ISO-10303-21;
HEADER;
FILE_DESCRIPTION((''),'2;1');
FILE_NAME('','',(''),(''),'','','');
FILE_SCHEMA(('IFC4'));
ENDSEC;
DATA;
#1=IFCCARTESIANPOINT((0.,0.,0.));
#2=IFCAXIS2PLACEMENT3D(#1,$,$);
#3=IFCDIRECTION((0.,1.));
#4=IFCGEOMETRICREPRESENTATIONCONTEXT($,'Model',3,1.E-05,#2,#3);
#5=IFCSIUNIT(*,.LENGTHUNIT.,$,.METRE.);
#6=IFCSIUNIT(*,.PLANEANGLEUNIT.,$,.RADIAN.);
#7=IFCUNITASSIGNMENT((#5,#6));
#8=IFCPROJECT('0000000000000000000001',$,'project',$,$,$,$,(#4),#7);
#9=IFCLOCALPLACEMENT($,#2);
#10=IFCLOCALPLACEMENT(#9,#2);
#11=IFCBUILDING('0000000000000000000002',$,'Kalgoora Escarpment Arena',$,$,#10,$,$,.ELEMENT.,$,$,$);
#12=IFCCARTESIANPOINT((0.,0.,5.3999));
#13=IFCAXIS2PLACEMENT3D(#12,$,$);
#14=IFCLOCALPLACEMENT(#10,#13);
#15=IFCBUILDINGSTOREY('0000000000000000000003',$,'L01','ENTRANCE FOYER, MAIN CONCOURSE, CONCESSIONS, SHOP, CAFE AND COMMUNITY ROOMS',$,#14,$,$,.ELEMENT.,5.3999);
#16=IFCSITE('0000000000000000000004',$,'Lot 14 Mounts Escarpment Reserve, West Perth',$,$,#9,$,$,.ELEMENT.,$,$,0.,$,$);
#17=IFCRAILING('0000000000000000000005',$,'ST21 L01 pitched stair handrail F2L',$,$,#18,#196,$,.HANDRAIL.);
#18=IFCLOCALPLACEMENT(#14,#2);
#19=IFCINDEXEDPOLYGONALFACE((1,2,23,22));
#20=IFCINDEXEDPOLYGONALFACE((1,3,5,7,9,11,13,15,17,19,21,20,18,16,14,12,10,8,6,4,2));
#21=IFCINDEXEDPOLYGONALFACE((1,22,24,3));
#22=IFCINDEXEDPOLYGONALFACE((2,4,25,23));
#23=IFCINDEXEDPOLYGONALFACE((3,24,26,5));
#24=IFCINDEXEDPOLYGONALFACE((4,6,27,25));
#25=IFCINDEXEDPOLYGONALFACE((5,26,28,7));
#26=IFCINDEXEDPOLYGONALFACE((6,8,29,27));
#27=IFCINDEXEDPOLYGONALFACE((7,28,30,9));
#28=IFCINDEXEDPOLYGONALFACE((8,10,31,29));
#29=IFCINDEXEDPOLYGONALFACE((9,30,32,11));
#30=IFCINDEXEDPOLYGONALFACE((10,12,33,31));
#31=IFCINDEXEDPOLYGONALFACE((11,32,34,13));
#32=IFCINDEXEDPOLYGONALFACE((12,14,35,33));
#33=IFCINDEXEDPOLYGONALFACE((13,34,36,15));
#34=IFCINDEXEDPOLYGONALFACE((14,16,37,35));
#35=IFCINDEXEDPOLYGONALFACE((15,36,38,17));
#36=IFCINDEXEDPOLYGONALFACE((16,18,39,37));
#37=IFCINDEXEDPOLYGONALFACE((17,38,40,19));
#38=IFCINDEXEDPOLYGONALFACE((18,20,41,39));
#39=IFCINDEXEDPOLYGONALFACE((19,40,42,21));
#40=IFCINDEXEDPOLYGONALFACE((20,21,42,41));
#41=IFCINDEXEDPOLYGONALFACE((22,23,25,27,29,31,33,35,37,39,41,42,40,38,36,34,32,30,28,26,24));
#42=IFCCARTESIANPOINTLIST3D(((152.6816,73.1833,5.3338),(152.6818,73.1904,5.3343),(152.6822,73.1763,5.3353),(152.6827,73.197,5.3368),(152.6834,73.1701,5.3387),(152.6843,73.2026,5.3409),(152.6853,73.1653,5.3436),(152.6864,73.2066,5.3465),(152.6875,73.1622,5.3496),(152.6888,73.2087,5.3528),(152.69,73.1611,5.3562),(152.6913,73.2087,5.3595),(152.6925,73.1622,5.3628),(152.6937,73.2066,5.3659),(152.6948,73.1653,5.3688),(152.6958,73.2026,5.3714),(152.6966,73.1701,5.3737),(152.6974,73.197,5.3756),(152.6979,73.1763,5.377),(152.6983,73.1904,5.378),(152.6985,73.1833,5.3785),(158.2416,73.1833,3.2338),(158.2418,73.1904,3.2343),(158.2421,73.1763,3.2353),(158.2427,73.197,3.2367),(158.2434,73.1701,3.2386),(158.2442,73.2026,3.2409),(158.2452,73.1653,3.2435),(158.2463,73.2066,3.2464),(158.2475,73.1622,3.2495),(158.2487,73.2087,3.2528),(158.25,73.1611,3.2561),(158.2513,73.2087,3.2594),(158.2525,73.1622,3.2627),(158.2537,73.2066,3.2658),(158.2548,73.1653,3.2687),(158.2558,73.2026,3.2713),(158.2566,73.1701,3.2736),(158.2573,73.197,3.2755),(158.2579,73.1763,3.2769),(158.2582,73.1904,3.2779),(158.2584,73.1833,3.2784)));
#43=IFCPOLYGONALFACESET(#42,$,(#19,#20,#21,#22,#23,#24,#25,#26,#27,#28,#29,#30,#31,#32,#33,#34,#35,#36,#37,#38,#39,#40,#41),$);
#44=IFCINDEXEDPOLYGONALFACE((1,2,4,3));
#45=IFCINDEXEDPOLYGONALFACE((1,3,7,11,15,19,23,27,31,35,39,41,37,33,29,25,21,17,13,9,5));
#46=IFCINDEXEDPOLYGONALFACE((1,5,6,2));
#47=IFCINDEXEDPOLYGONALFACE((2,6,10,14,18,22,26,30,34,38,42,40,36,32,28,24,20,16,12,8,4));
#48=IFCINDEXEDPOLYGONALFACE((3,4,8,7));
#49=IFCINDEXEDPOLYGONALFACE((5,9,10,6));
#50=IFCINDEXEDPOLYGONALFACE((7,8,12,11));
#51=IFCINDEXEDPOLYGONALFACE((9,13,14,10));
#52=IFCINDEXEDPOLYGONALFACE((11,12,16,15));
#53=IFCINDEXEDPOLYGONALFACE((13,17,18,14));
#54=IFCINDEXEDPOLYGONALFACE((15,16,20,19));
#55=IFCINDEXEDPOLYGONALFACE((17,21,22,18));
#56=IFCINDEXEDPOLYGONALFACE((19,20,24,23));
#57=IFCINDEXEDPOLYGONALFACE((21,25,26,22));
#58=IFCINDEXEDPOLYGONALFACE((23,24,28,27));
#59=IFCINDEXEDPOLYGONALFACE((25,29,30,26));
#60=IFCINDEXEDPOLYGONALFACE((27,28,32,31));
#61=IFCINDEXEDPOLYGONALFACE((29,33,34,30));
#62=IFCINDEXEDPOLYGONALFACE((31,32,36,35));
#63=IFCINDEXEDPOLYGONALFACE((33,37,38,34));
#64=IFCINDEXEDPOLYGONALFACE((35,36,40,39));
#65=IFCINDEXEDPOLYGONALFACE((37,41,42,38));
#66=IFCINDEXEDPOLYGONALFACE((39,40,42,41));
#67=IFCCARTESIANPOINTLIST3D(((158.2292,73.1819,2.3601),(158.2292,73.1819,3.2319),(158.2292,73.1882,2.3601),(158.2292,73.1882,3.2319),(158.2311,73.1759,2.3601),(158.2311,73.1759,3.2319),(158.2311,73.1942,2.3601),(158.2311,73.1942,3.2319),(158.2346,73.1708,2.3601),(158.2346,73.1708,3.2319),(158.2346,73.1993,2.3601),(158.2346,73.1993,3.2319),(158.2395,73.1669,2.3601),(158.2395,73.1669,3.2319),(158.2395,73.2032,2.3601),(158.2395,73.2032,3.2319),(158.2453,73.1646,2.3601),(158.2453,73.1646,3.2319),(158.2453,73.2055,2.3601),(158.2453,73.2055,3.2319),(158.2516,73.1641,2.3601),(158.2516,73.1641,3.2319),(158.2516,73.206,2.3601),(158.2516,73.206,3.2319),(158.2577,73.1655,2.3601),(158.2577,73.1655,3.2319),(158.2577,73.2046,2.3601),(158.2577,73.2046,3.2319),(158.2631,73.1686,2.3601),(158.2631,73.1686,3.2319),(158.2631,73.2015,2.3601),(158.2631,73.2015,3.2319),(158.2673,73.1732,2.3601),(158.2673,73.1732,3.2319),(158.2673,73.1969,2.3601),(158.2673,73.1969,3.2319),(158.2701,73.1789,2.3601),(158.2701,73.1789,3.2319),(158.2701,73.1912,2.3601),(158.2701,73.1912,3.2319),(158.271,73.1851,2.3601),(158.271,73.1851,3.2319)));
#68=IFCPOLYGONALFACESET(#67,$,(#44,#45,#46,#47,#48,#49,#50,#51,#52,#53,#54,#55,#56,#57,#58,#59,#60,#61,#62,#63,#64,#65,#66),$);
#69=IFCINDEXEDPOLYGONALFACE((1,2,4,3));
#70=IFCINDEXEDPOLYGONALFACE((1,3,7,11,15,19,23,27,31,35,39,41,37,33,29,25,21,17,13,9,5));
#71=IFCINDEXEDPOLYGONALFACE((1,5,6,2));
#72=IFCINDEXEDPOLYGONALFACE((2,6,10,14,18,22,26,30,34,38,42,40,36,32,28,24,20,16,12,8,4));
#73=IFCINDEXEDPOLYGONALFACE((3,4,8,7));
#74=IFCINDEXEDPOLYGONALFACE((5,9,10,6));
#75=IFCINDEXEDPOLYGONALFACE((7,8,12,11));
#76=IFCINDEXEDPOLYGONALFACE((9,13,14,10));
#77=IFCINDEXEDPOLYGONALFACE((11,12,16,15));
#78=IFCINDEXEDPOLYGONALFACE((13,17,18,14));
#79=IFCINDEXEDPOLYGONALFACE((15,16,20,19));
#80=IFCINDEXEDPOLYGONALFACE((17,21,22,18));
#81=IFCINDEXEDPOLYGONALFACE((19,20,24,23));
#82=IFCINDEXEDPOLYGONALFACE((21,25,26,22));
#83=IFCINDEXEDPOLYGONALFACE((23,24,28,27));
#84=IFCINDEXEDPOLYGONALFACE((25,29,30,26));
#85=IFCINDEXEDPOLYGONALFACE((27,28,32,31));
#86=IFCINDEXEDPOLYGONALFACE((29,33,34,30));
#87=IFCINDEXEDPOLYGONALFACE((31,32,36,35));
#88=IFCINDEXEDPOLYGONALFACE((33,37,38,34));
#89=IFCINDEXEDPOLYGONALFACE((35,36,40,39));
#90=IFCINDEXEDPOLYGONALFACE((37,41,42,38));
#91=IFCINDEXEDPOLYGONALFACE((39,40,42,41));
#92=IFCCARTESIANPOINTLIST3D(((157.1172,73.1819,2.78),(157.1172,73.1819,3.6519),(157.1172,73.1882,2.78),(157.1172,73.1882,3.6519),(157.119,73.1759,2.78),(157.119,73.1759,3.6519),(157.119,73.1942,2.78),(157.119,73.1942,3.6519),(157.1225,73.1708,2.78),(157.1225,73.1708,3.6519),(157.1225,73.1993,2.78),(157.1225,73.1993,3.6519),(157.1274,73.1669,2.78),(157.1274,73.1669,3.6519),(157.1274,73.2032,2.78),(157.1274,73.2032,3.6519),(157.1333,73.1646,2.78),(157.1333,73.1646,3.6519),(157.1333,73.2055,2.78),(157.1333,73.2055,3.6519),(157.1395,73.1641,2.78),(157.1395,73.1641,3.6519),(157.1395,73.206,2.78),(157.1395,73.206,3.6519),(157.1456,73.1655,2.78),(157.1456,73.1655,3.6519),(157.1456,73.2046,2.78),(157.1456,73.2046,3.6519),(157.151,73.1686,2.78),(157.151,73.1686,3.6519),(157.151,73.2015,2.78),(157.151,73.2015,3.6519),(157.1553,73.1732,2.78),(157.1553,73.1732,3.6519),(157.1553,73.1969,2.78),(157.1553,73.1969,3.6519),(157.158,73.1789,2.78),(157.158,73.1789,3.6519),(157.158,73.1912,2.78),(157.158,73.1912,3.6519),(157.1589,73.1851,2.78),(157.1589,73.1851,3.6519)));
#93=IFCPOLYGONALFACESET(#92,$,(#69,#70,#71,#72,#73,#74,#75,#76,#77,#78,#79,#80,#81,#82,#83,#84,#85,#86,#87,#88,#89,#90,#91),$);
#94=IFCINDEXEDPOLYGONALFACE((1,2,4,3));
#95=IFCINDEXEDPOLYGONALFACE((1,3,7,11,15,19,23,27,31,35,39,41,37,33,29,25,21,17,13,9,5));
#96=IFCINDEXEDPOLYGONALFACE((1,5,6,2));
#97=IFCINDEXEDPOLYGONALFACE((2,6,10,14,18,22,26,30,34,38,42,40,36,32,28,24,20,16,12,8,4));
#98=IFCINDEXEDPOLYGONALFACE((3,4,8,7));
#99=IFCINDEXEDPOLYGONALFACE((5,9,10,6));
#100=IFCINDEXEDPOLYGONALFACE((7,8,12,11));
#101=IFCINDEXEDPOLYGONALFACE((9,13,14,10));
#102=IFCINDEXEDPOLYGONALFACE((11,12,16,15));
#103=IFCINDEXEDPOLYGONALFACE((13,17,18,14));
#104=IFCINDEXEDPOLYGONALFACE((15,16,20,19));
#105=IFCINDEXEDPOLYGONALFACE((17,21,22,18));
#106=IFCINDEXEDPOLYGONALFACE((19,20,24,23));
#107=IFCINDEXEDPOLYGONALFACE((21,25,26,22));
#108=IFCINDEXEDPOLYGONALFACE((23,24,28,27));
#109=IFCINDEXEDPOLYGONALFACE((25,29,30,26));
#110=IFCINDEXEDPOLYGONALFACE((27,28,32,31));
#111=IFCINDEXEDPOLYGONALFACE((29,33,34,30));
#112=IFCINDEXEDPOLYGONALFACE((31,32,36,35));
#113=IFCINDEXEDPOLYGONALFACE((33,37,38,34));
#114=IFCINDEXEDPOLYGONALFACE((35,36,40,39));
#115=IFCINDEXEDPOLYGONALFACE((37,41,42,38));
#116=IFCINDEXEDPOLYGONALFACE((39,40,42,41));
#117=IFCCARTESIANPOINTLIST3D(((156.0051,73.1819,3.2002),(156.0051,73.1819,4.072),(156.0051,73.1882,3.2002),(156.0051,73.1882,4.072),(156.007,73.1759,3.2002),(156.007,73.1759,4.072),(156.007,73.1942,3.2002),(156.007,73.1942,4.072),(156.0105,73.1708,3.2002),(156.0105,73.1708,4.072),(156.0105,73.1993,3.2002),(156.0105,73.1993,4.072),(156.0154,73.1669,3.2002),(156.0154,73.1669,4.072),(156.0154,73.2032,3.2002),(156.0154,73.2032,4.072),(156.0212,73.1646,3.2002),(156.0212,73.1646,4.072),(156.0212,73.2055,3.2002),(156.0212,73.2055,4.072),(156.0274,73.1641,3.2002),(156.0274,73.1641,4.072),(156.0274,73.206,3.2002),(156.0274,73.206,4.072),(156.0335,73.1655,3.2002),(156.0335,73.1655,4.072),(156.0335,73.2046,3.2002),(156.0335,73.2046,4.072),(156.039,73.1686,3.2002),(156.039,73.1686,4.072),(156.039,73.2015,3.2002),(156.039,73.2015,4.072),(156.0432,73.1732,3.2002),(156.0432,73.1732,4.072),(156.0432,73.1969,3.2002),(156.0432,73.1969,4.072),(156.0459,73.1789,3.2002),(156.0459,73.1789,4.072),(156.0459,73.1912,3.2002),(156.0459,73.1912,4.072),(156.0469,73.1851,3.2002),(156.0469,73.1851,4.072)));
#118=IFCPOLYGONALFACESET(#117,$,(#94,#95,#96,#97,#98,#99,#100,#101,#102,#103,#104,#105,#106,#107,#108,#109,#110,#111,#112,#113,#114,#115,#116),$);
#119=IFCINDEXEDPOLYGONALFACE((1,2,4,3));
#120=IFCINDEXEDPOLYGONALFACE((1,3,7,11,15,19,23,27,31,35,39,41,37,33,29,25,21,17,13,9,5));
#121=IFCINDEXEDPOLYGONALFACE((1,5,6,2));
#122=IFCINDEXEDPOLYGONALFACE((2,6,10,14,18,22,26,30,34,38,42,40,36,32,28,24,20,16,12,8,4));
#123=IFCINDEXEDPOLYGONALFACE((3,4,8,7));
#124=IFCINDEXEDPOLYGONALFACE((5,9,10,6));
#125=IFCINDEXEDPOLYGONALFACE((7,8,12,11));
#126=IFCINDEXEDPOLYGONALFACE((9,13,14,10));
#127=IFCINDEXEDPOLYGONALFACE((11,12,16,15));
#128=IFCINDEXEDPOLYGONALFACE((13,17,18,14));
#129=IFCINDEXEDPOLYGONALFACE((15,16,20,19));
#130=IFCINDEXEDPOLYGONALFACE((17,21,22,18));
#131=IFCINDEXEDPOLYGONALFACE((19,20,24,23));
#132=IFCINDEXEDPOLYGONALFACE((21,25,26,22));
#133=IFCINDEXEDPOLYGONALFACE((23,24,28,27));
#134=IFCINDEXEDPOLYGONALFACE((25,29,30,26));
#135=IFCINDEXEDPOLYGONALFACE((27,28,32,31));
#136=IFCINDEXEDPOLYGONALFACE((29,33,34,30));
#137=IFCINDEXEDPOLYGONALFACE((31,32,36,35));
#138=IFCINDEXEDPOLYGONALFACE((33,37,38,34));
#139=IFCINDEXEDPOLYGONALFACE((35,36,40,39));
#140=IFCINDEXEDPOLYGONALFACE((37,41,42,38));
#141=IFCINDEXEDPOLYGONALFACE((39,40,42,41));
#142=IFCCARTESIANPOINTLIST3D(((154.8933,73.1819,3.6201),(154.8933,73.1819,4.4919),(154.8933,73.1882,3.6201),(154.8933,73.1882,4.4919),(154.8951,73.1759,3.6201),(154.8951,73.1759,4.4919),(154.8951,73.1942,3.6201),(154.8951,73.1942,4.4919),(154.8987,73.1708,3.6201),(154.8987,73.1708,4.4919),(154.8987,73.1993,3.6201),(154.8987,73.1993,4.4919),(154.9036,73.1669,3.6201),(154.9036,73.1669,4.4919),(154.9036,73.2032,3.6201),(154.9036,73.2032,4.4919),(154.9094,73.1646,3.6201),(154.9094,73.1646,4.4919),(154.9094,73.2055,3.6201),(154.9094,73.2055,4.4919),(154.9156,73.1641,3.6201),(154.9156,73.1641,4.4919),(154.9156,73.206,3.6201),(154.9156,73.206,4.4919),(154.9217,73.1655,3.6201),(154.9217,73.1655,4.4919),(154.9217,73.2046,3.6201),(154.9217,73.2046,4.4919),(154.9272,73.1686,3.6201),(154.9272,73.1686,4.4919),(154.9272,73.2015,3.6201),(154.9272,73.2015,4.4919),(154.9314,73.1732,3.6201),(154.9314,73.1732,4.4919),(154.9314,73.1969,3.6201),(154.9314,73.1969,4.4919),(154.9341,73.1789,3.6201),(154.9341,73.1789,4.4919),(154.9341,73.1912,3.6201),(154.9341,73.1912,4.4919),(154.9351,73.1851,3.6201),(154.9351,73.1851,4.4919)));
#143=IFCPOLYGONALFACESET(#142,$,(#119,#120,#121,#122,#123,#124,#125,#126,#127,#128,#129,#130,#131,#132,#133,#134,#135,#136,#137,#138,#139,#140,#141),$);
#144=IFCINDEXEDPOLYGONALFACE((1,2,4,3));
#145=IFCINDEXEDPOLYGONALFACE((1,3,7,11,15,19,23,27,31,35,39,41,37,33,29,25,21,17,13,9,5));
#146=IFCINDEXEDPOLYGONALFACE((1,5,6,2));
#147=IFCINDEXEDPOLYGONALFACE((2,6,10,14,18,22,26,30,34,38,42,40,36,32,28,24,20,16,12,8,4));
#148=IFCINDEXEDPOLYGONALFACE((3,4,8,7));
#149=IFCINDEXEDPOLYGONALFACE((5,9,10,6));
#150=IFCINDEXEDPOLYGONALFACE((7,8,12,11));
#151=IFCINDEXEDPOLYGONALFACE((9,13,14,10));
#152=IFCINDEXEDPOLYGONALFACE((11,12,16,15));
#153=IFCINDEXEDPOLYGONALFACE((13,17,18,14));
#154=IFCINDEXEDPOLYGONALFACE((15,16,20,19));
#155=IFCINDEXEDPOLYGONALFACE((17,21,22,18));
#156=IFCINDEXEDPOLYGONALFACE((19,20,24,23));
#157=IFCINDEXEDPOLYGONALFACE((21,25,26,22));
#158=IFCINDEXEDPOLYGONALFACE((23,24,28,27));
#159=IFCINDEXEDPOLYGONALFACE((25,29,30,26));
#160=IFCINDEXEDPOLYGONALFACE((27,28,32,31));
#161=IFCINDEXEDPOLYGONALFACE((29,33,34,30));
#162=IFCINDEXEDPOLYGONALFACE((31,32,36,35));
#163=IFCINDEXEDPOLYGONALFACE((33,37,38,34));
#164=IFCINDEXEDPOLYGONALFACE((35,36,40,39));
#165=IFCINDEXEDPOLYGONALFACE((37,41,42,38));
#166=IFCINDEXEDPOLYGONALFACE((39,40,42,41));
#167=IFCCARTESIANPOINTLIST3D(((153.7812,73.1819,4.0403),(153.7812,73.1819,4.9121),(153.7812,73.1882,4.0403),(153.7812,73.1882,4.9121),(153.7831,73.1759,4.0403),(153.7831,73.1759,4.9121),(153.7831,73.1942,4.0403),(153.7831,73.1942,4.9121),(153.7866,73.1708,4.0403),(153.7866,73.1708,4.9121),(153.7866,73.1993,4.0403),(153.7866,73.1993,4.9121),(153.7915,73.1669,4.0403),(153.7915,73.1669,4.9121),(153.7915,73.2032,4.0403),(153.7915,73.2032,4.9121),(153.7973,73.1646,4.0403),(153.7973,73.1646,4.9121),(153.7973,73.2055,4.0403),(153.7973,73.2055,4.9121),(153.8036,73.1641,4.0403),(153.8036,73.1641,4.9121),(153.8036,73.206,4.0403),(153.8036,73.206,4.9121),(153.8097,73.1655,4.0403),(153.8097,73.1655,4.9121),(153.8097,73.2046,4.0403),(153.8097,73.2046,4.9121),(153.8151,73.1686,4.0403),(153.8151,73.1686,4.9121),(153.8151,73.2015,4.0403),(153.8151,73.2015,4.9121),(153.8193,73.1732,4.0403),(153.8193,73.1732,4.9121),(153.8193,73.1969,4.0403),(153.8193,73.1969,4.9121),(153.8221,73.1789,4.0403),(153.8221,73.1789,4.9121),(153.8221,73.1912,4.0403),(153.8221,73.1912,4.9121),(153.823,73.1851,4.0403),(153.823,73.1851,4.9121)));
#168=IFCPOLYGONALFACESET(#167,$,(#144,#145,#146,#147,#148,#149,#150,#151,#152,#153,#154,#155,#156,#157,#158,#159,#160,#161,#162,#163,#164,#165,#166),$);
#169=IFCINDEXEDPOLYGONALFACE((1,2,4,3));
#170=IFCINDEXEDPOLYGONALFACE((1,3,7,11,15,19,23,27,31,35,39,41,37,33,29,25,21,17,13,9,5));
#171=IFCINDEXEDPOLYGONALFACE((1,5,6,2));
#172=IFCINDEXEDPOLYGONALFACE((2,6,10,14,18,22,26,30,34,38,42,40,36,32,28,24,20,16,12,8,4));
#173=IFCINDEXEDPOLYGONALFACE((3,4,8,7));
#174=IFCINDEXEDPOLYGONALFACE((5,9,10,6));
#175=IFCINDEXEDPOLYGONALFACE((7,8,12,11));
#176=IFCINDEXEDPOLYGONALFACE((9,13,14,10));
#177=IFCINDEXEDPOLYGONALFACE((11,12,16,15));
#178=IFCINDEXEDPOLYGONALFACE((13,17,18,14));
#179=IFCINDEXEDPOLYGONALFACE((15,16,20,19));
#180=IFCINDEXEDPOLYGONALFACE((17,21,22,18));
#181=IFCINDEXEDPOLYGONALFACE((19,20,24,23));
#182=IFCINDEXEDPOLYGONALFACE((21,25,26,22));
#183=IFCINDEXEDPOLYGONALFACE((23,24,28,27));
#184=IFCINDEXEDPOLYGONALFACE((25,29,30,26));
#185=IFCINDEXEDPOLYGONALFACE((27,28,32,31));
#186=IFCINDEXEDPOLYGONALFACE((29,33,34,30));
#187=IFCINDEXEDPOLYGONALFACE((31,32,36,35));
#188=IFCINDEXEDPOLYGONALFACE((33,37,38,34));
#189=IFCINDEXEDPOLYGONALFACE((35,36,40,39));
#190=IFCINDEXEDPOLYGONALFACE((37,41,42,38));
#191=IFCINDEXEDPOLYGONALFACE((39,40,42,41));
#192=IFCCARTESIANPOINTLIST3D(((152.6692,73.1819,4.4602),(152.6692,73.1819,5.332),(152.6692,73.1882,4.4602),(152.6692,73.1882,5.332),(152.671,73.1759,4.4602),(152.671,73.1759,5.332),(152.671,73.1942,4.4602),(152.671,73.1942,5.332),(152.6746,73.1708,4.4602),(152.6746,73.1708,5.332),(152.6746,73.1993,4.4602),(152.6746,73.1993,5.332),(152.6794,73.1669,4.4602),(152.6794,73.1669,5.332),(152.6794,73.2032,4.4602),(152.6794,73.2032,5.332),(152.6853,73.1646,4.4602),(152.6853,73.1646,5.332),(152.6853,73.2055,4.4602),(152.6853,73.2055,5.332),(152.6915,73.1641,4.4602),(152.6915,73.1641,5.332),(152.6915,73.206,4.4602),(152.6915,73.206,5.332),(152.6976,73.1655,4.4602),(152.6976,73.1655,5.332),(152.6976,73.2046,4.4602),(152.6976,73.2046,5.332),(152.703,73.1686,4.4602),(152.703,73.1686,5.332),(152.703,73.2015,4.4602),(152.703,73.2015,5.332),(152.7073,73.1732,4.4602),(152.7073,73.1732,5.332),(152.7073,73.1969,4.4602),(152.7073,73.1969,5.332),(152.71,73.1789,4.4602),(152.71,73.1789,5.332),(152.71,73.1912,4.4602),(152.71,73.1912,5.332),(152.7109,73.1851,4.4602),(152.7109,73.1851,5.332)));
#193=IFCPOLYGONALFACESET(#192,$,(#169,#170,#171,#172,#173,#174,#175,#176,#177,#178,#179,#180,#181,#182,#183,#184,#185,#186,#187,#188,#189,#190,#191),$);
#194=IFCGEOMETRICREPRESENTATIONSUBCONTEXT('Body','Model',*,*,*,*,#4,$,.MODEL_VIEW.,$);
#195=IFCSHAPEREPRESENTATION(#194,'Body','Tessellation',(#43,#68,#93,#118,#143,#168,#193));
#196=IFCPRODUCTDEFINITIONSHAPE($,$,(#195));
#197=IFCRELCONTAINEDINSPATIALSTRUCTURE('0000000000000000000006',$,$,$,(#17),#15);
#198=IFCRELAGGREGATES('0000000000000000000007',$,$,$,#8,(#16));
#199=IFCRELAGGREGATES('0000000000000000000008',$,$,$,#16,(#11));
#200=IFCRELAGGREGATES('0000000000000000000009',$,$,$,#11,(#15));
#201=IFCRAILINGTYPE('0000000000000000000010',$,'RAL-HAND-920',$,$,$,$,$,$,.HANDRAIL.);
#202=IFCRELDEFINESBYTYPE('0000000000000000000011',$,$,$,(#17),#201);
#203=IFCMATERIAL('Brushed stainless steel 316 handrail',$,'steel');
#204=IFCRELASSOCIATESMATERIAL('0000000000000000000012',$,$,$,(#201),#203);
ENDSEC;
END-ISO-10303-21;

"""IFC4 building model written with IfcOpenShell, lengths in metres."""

from ifc_helpers import new_model, si_unit, direction, frame, origin, origin_2d, place, context, subcontext, project, spatial, circle, extrude, material, type_object, element, save


model = new_model("IFC4")

# Units and contexts
model_context = context("Model", 3, precision=1e-05, world=origin(), true_north=direction((0.0, 1.0)))
body_context = subcontext(model_context, "Body", "Model", "MODEL_VIEW")
ifc_project = project(units=[si_unit("LENGTHUNIT", "METRE"), si_unit("PLANEANGLEUNIT", "RADIAN")], contexts=[model_context])

# Site, building, storey
site_placement = place(None, origin())
site = spatial("IfcSite", under=ifc_project, at=site_placement, Name="Lot 14 Mounts Escarpment Reserve, West Perth", CompositionType="ELEMENT", RefElevation=0.0)
building_placement = place(site_placement, origin())
building = spatial("IfcBuilding", under=site, at=building_placement, Name="Kalgoora Escarpment Arena", CompositionType="ELEMENT")
storey_placement = place(building_placement, frame((0.0, 0.0, 5.3999)))
storey = spatial("IfcBuildingStorey", under=building, at=storey_placement, Name="L01", Description="ENTRANCE FOYER, MAIN CONCOURSE, CONCESSIONS, SHOP, CAFE AND COMMUNITY ROOMS", CompositionType="ELEMENT", Elevation=5.3999)

# Railing
ifc_material_1 = material(Name="Brushed stainless steel 316 handrail", Category="steel")
railing_type_1 = type_object("IfcRailingType", Name="RAL-HAND-920", PredefinedType="HANDRAIL", material=ifc_material_1)
for number, where, name in (
    (1, (158.25, 73.1851, 2.3601), "ST21 L01 pitched stair handrail F2L"),
):
    element("IfcRailing", number, at=place(storey_placement, frame(where)), inside=storey, type_object=railing_type_1, Name=name, PredefinedType="HANDRAIL", context=body_context, shape_type="SweptSolid", body=[
        extrude(circle(Radius=0.0239, at=origin_2d()), frame((0.0, 0.0, 0.896), z_axis=(-0.935493, 0.0, 0.353346), x_axis=(0.0, -1.0, 0.0)), (0.0, 0.0, 1.0), 5.9434),
        extrude(circle(Radius=0.021, at=origin_2d()), origin(), (0.0, 0.0, 1.0), 0.8718),
        extrude(circle(Radius=0.021, at=origin_2d()), frame((-1.1121, 0.0, 0.4199)), (0.0, 0.0, 1.0), 0.8718),
        extrude(circle(Radius=0.021, at=origin_2d()), frame((-2.2241, 0.0, 0.8401)), (0.0, 0.0, 1.0), 0.8718),
        extrude(circle(Radius=0.021, at=origin_2d()), frame((-3.3359, 0.0, 1.26)), (0.0, 0.0, 1.0), 0.8718),
        extrude(circle(Radius=0.021, at=origin_2d()), frame((-4.448, 0.0, 1.6802)), (0.0, 0.0, 1.0), 0.8718),
        extrude(circle(Radius=0.021, at=origin_2d()), frame((-5.5601, 0.0, 2.1001)), (0.0, 0.0, 1.0), 0.8718),
    ])

save(model, "model.ifc")
